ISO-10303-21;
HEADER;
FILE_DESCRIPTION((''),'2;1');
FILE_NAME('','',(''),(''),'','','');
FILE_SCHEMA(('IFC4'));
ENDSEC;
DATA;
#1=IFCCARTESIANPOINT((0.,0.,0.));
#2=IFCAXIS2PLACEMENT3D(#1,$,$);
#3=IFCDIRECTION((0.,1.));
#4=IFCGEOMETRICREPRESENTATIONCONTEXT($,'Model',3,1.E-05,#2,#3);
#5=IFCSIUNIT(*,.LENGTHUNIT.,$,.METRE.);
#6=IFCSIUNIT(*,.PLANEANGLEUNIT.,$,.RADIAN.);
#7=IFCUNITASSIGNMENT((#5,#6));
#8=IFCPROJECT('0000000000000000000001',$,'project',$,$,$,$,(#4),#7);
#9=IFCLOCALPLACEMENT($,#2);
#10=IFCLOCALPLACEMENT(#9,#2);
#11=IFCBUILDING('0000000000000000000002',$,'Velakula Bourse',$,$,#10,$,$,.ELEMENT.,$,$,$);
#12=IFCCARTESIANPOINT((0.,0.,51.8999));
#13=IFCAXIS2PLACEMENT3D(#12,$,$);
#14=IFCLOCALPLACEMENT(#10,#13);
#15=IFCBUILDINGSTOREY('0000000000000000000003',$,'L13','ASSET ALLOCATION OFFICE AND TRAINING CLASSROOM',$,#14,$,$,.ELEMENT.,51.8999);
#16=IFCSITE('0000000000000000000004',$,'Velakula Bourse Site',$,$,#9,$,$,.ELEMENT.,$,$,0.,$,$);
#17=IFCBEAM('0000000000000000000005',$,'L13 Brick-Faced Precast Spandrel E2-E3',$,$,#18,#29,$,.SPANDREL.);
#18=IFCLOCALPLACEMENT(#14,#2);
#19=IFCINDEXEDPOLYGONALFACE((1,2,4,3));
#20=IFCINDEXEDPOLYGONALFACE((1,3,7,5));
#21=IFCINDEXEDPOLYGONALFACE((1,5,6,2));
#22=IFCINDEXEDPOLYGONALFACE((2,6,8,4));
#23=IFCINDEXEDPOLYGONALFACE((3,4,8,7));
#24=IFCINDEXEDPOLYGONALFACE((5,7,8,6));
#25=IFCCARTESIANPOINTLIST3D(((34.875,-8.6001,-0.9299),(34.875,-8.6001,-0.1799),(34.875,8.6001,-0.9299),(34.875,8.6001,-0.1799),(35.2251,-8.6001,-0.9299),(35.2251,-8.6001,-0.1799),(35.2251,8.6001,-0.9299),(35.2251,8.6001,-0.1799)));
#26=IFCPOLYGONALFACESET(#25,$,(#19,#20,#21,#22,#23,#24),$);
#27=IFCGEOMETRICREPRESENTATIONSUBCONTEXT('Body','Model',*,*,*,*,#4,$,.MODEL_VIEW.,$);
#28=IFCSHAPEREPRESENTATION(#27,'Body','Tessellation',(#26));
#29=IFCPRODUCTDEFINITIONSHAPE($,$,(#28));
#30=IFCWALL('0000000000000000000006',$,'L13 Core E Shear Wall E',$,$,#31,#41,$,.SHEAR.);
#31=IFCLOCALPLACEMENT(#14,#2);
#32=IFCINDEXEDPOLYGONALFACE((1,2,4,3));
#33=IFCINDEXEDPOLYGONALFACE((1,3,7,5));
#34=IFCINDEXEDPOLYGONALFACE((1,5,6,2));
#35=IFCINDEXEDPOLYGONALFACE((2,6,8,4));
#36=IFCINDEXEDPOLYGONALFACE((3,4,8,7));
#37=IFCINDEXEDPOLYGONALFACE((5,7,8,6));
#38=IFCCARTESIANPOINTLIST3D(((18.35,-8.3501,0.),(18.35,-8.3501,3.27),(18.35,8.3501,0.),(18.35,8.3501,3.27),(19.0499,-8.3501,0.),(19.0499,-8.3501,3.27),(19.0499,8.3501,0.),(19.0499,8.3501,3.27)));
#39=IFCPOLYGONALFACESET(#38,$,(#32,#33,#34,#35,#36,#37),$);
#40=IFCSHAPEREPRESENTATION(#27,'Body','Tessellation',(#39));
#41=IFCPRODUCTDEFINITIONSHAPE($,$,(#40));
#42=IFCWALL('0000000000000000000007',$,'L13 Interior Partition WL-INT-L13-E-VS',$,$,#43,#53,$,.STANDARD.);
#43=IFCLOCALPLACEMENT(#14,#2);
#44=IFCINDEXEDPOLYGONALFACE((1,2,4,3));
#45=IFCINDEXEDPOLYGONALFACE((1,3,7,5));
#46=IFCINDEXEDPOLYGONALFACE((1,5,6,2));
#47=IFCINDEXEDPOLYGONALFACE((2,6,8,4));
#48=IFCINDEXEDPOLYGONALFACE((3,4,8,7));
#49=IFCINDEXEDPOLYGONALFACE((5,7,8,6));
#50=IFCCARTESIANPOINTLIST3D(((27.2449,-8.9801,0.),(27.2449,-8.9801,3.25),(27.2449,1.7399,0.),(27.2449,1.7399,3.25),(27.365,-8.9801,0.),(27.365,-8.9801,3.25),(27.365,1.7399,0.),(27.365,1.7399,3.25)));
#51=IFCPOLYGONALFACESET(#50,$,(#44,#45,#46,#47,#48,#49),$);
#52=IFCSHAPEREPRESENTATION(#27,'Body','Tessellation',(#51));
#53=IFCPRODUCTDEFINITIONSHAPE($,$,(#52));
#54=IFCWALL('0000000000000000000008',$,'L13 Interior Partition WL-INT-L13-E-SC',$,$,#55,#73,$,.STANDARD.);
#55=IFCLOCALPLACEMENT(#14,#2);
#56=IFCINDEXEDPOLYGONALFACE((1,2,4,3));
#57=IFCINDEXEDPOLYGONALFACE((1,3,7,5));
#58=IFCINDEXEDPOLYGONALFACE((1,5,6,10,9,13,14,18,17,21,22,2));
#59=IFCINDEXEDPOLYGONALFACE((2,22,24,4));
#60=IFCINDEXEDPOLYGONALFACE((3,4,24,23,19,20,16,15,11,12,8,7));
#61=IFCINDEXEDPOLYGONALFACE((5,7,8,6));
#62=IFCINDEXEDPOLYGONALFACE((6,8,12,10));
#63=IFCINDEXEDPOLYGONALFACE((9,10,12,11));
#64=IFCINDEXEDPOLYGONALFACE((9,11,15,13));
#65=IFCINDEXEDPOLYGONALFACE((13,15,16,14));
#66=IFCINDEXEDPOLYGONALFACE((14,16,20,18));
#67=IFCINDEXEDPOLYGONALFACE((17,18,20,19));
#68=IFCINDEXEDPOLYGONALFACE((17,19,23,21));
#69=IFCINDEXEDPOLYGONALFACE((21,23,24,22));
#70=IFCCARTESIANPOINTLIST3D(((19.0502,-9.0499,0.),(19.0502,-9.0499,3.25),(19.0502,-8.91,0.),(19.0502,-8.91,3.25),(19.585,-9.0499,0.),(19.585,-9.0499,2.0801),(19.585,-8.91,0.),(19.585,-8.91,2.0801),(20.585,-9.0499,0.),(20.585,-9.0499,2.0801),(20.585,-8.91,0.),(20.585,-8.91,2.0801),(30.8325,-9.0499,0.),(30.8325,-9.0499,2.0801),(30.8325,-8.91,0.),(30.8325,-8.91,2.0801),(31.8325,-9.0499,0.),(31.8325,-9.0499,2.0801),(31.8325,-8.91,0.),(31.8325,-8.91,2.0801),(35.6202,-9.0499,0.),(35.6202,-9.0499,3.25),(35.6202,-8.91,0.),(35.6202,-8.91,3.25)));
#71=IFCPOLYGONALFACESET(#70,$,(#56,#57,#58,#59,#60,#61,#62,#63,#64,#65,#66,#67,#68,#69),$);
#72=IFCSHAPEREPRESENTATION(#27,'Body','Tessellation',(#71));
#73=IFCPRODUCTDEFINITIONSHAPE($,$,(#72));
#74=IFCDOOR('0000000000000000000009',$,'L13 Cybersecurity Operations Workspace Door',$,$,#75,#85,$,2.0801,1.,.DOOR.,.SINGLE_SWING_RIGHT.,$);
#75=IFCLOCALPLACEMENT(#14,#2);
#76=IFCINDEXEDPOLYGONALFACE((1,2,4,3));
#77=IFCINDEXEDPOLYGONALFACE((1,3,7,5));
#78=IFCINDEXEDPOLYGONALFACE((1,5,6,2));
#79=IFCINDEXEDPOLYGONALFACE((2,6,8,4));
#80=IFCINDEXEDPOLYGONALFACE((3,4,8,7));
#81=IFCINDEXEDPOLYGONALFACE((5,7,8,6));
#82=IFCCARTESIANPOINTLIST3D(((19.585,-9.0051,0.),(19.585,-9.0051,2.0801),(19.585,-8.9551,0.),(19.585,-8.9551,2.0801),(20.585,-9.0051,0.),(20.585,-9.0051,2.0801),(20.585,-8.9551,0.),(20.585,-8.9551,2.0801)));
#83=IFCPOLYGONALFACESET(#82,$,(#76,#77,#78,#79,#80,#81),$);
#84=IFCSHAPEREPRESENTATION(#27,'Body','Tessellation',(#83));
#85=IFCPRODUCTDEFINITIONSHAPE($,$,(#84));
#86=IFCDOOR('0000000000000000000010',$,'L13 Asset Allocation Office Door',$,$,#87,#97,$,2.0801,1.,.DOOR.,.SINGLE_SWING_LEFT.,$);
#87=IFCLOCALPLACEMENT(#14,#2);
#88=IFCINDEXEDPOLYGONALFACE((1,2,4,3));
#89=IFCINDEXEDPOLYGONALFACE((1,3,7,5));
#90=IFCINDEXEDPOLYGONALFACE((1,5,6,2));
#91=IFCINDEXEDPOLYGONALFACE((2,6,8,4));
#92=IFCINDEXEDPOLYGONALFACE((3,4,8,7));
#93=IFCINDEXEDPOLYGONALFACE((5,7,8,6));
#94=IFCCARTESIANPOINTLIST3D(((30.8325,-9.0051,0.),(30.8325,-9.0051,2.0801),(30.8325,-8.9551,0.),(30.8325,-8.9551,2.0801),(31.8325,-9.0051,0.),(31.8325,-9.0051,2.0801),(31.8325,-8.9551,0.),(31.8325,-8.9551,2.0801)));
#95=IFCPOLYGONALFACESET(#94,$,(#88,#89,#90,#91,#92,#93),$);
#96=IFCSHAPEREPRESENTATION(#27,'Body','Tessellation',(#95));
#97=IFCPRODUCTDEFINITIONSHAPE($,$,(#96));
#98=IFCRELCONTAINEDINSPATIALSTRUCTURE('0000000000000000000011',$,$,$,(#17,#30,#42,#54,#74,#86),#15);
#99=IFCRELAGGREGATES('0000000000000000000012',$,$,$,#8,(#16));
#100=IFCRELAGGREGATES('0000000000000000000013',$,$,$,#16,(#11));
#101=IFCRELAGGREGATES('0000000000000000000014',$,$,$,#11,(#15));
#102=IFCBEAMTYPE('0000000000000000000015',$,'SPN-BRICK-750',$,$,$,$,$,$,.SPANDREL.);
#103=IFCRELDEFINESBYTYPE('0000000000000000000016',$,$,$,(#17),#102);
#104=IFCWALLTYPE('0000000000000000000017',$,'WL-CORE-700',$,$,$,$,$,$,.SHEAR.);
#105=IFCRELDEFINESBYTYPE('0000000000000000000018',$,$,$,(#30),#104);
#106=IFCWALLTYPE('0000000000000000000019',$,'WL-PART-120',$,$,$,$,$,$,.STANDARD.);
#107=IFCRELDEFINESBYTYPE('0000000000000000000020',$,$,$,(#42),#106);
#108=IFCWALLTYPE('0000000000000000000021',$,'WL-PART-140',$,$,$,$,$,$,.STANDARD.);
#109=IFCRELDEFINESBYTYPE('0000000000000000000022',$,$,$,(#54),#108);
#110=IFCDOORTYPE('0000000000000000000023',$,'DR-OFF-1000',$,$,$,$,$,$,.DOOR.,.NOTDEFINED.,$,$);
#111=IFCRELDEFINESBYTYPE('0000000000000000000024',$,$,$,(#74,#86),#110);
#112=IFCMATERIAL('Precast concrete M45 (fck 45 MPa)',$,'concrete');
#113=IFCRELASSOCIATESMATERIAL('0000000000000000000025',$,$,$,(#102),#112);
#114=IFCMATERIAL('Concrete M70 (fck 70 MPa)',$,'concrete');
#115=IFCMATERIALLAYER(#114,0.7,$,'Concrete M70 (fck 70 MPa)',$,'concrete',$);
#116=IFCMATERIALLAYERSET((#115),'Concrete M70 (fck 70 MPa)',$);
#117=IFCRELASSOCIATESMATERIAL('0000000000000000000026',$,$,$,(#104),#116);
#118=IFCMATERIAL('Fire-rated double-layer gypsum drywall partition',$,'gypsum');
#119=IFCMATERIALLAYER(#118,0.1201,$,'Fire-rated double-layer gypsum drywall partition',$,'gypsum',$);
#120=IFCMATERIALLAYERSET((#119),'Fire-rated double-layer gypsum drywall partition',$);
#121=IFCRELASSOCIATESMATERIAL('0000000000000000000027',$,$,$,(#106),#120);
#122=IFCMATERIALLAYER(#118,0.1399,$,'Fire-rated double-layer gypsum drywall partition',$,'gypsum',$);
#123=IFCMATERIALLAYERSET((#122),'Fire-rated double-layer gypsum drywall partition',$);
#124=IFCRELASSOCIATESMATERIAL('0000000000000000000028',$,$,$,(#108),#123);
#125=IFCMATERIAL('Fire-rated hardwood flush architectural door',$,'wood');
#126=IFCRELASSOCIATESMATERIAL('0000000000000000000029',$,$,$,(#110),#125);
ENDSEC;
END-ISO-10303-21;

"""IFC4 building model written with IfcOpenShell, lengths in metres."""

from ifc_helpers import new_model, si_unit, direction, frame, frame_2d, origin, origin_2d, place, context, subcontext, project, spatial, rectangle, extrude, material, layer, layer_set, material_profile, profile_set, type_object, element, fill, save


model = new_model("IFC4")

# Units and contexts
model_context = context("Model", 3, precision=1e-05, world=origin(), true_north=direction((0.0, 1.0)))
body_context = subcontext(model_context, "Body", "Model", "MODEL_VIEW")
ifc_project = project(units=[si_unit("LENGTHUNIT", "METRE"), si_unit("PLANEANGLEUNIT", "RADIAN")], contexts=[model_context])

# Site, building, storey
site_placement = place(None, origin())
site = spatial("IfcSite", under=ifc_project, at=site_placement, Name="Velakula Bourse Site", CompositionType="ELEMENT", RefElevation=0.0)
building_placement = place(site_placement, origin())
building = spatial("IfcBuilding", under=site, at=building_placement, Name="Velakula Bourse", CompositionType="ELEMENT")
storey_placement = place(building_placement, frame((0.0, 0.0, 51.8999)))
storey = spatial("IfcBuildingStorey", under=building, at=storey_placement, Name="L13", Description="ASSET ALLOCATION OFFICE AND TRAINING CLASSROOM", CompositionType="ELEMENT", Elevation=51.8999)

# Shared definitions
ifc_material_1 = material(Name="Concrete M70 (fck 70 MPa)", Category="concrete")

# Beam
ifc_material_2 = material(Name="Precast concrete M45 (fck 45 MPa)", Category="concrete")
ifc_material_profile_1 = material_profile(ifc_material_2, rectangle(XDim=0.3501, YDim=0.75, at=origin_2d()), Name="Precast concrete M45 (fck 45 MPa)")
ifc_profile_set_1 = profile_set([ifc_material_profile_1], Name="Precast concrete M45 (fck 45 MPa)")
beam_type_1 = type_object("IfcBeamType", Name="SPN-BRICK-750", PredefinedType="SPANDREL", material=ifc_profile_set_1)
beam_1_placement = place(storey_placement, frame((35.05, -8.6001, -0.5549), z_axis=(0.0, 1.0, 0.0), x_axis=(-1.0, 0.0, 0.0)))
element("IfcBeam", 1, at=beam_1_placement, inside=storey, type_object=beam_type_1, Name="L13 Brick-Faced Precast Spandrel E2-E3", PredefinedType="SPANDREL", context=body_context, shape_type="SweptSolid", body=[
    extrude(rectangle(XDim=0.3501, YDim=0.75, at=origin_2d()), origin(), (0.0, 0.0, 1.0), 17.2002),
])

# Walls
ifc_layer_1 = layer(ifc_material_1, 0.7, Name="Concrete M70 (fck 70 MPa)", Category="concrete")
ifc_layer_set_1 = layer_set([ifc_layer_1], Name="Concrete M70 (fck 70 MPa)")
wall_type_1 = type_object("IfcWallType", Name="WL-CORE-700", PredefinedType="SHEAR", material=ifc_layer_set_1)
wall_1_placement = place(storey_placement, frame((18.7, -8.3501, 0.0), z_axis=(0.0, 0.0, 1.0), x_axis=(0.0, 1.0, 0.0)))
element("IfcWall", 2, at=wall_1_placement, inside=storey, type_object=wall_type_1, Name="L13 Core E Shear Wall E", PredefinedType="SHEAR", context=body_context, shape_type="SweptSolid", body=[
    extrude(rectangle(XDim=16.7002, YDim=0.7, at=frame_2d((8.3501, 0.0))), origin(), (0.0, 0.0, 1.0), 3.27),
])
ifc_material_3 = material(Name="Fire-rated double-layer gypsum drywall partition", Category="gypsum")
ifc_layer_2 = layer(ifc_material_3, 0.1201, Name="Fire-rated double-layer gypsum drywall partition", Category="gypsum")
ifc_layer_set_2 = layer_set([ifc_layer_2], Name="Fire-rated double-layer gypsum drywall partition")
wall_type_2 = type_object("IfcWallType", Name="WL-PART-120", PredefinedType="STANDARD", material=ifc_layer_set_2)
wall_2_placement = place(storey_placement, frame((27.3049, -8.98, 0.0), z_axis=(0.0, 0.0, 1.0), x_axis=(0.0, 1.0, 0.0)))
element("IfcWall", 3, at=wall_2_placement, inside=storey, type_object=wall_type_2, Name="L13 Interior Partition WL-INT-L13-E-VS", PredefinedType="STANDARD", context=body_context, shape_type="SweptSolid", body=[
    extrude(rectangle(XDim=10.72, YDim=0.1201, at=frame_2d((5.3599, 0.0))), origin(), (0.0, 0.0, 1.0), 3.25),
])

# Wall, openings, doors
ifc_layer_3 = layer(ifc_material_3, 0.1399, Name="Fire-rated double-layer gypsum drywall partition", Category="gypsum")
ifc_layer_set_3 = layer_set([ifc_layer_3], Name="Fire-rated double-layer gypsum drywall partition")
wall_type_3 = type_object("IfcWallType", Name="WL-PART-140", PredefinedType="STANDARD", material=ifc_layer_set_3)
wall_3_placement = place(storey_placement, frame((19.05, -8.98, 0.0), z_axis=(0.0, 0.0, 1.0), x_axis=(1.0, 0.0, 0.0)))
wall_3 = element("IfcWall", 4, at=wall_3_placement, inside=storey, type_object=wall_type_3, Name="L13 Interior Partition WL-INT-L13-E-SC", PredefinedType="STANDARD", context=body_context, shape_type="SweptSolid", body=[
    extrude(rectangle(XDim=16.5701, YDim=0.1399, at=frame_2d((8.2852, 0.0))), origin(), (0.0, 0.0, 1.0), 3.25),
])
opening_1_placement = place(wall_3_placement, frame((0.5349, 0.0, 0.0)))
opening_1 = element("IfcOpeningElement", 5, at=opening_1_placement, cuts=wall_3, PredefinedType="OPENING", context=body_context, shape_type="SweptSolid", body=[
    extrude(rectangle(XDim=1.0, YDim=2.0801, at=frame_2d((0.5, 1.04))), frame((0.0, 0.0798, 0.0), z_axis=(0.0, -1.0, 0.0), x_axis=(1.0, 0.0, 0.0)), (0.0, 0.0, 1.0), 0.1599),
])
opening_2_placement = place(wall_3_placement, frame((11.7825, 0.0, 0.0)))
opening_2 = element("IfcOpeningElement", 6, at=opening_2_placement, cuts=wall_3, PredefinedType="OPENING", context=body_context, shape_type="SweptSolid", body=[
    extrude(rectangle(XDim=1.0, YDim=2.0801, at=frame_2d((0.5, 1.04))), frame((0.0, 0.0798, 0.0), z_axis=(0.0, -1.0, 0.0), x_axis=(1.0, 0.0, 0.0)), (0.0, 0.0, 1.0), 0.1599),
])
ifc_material_4 = material(Name="Fire-rated hardwood flush architectural door", Category="wood")
door_type = type_object("IfcDoorType", Name="DR-OFF-1000", OperationType="NOTDEFINED", PredefinedType="DOOR", material=ifc_material_4)
door_1_placement = place(opening_1_placement, origin())
door_1 = element("IfcDoor", 7, at=door_1_placement, inside=storey, type_object=door_type, Name="L13 Cybersecurity Operations Workspace Door", OperationType="SINGLE_SWING_RIGHT", OverallHeight=2.0801, OverallWidth=1.0, PredefinedType="DOOR", context=body_context, shape_type="SweptSolid", body=[
    extrude(rectangle(XDim=1.0, YDim=2.0801, at=frame_2d((0.5, 1.04))), frame((0.0, 0.0249, 0.0), z_axis=(0.0, -1.0, 0.0), x_axis=(1.0, 0.0, 0.0)), (0.0, 0.0, 1.0), 0.05),
])
fill(opening_1, door_1)
door_2_placement = place(opening_2_placement, origin())
door_2 = element("IfcDoor", 8, at=door_2_placement, inside=storey, type_object=door_type, Name="L13 Asset Allocation Office Door", OperationType="SINGLE_SWING_LEFT", OverallHeight=2.0801, OverallWidth=1.0, PredefinedType="DOOR", context=body_context, shape_type="SweptSolid", body=[
    extrude(rectangle(XDim=1.0, YDim=2.0801, at=frame_2d((0.5, 1.04))), frame((0.0, 0.0249, 0.0), z_axis=(0.0, -1.0, 0.0), x_axis=(1.0, 0.0, 0.0)), (0.0, 0.0, 1.0), 0.05),
])
fill(opening_2, door_2)

save(model, "model.ifc")
